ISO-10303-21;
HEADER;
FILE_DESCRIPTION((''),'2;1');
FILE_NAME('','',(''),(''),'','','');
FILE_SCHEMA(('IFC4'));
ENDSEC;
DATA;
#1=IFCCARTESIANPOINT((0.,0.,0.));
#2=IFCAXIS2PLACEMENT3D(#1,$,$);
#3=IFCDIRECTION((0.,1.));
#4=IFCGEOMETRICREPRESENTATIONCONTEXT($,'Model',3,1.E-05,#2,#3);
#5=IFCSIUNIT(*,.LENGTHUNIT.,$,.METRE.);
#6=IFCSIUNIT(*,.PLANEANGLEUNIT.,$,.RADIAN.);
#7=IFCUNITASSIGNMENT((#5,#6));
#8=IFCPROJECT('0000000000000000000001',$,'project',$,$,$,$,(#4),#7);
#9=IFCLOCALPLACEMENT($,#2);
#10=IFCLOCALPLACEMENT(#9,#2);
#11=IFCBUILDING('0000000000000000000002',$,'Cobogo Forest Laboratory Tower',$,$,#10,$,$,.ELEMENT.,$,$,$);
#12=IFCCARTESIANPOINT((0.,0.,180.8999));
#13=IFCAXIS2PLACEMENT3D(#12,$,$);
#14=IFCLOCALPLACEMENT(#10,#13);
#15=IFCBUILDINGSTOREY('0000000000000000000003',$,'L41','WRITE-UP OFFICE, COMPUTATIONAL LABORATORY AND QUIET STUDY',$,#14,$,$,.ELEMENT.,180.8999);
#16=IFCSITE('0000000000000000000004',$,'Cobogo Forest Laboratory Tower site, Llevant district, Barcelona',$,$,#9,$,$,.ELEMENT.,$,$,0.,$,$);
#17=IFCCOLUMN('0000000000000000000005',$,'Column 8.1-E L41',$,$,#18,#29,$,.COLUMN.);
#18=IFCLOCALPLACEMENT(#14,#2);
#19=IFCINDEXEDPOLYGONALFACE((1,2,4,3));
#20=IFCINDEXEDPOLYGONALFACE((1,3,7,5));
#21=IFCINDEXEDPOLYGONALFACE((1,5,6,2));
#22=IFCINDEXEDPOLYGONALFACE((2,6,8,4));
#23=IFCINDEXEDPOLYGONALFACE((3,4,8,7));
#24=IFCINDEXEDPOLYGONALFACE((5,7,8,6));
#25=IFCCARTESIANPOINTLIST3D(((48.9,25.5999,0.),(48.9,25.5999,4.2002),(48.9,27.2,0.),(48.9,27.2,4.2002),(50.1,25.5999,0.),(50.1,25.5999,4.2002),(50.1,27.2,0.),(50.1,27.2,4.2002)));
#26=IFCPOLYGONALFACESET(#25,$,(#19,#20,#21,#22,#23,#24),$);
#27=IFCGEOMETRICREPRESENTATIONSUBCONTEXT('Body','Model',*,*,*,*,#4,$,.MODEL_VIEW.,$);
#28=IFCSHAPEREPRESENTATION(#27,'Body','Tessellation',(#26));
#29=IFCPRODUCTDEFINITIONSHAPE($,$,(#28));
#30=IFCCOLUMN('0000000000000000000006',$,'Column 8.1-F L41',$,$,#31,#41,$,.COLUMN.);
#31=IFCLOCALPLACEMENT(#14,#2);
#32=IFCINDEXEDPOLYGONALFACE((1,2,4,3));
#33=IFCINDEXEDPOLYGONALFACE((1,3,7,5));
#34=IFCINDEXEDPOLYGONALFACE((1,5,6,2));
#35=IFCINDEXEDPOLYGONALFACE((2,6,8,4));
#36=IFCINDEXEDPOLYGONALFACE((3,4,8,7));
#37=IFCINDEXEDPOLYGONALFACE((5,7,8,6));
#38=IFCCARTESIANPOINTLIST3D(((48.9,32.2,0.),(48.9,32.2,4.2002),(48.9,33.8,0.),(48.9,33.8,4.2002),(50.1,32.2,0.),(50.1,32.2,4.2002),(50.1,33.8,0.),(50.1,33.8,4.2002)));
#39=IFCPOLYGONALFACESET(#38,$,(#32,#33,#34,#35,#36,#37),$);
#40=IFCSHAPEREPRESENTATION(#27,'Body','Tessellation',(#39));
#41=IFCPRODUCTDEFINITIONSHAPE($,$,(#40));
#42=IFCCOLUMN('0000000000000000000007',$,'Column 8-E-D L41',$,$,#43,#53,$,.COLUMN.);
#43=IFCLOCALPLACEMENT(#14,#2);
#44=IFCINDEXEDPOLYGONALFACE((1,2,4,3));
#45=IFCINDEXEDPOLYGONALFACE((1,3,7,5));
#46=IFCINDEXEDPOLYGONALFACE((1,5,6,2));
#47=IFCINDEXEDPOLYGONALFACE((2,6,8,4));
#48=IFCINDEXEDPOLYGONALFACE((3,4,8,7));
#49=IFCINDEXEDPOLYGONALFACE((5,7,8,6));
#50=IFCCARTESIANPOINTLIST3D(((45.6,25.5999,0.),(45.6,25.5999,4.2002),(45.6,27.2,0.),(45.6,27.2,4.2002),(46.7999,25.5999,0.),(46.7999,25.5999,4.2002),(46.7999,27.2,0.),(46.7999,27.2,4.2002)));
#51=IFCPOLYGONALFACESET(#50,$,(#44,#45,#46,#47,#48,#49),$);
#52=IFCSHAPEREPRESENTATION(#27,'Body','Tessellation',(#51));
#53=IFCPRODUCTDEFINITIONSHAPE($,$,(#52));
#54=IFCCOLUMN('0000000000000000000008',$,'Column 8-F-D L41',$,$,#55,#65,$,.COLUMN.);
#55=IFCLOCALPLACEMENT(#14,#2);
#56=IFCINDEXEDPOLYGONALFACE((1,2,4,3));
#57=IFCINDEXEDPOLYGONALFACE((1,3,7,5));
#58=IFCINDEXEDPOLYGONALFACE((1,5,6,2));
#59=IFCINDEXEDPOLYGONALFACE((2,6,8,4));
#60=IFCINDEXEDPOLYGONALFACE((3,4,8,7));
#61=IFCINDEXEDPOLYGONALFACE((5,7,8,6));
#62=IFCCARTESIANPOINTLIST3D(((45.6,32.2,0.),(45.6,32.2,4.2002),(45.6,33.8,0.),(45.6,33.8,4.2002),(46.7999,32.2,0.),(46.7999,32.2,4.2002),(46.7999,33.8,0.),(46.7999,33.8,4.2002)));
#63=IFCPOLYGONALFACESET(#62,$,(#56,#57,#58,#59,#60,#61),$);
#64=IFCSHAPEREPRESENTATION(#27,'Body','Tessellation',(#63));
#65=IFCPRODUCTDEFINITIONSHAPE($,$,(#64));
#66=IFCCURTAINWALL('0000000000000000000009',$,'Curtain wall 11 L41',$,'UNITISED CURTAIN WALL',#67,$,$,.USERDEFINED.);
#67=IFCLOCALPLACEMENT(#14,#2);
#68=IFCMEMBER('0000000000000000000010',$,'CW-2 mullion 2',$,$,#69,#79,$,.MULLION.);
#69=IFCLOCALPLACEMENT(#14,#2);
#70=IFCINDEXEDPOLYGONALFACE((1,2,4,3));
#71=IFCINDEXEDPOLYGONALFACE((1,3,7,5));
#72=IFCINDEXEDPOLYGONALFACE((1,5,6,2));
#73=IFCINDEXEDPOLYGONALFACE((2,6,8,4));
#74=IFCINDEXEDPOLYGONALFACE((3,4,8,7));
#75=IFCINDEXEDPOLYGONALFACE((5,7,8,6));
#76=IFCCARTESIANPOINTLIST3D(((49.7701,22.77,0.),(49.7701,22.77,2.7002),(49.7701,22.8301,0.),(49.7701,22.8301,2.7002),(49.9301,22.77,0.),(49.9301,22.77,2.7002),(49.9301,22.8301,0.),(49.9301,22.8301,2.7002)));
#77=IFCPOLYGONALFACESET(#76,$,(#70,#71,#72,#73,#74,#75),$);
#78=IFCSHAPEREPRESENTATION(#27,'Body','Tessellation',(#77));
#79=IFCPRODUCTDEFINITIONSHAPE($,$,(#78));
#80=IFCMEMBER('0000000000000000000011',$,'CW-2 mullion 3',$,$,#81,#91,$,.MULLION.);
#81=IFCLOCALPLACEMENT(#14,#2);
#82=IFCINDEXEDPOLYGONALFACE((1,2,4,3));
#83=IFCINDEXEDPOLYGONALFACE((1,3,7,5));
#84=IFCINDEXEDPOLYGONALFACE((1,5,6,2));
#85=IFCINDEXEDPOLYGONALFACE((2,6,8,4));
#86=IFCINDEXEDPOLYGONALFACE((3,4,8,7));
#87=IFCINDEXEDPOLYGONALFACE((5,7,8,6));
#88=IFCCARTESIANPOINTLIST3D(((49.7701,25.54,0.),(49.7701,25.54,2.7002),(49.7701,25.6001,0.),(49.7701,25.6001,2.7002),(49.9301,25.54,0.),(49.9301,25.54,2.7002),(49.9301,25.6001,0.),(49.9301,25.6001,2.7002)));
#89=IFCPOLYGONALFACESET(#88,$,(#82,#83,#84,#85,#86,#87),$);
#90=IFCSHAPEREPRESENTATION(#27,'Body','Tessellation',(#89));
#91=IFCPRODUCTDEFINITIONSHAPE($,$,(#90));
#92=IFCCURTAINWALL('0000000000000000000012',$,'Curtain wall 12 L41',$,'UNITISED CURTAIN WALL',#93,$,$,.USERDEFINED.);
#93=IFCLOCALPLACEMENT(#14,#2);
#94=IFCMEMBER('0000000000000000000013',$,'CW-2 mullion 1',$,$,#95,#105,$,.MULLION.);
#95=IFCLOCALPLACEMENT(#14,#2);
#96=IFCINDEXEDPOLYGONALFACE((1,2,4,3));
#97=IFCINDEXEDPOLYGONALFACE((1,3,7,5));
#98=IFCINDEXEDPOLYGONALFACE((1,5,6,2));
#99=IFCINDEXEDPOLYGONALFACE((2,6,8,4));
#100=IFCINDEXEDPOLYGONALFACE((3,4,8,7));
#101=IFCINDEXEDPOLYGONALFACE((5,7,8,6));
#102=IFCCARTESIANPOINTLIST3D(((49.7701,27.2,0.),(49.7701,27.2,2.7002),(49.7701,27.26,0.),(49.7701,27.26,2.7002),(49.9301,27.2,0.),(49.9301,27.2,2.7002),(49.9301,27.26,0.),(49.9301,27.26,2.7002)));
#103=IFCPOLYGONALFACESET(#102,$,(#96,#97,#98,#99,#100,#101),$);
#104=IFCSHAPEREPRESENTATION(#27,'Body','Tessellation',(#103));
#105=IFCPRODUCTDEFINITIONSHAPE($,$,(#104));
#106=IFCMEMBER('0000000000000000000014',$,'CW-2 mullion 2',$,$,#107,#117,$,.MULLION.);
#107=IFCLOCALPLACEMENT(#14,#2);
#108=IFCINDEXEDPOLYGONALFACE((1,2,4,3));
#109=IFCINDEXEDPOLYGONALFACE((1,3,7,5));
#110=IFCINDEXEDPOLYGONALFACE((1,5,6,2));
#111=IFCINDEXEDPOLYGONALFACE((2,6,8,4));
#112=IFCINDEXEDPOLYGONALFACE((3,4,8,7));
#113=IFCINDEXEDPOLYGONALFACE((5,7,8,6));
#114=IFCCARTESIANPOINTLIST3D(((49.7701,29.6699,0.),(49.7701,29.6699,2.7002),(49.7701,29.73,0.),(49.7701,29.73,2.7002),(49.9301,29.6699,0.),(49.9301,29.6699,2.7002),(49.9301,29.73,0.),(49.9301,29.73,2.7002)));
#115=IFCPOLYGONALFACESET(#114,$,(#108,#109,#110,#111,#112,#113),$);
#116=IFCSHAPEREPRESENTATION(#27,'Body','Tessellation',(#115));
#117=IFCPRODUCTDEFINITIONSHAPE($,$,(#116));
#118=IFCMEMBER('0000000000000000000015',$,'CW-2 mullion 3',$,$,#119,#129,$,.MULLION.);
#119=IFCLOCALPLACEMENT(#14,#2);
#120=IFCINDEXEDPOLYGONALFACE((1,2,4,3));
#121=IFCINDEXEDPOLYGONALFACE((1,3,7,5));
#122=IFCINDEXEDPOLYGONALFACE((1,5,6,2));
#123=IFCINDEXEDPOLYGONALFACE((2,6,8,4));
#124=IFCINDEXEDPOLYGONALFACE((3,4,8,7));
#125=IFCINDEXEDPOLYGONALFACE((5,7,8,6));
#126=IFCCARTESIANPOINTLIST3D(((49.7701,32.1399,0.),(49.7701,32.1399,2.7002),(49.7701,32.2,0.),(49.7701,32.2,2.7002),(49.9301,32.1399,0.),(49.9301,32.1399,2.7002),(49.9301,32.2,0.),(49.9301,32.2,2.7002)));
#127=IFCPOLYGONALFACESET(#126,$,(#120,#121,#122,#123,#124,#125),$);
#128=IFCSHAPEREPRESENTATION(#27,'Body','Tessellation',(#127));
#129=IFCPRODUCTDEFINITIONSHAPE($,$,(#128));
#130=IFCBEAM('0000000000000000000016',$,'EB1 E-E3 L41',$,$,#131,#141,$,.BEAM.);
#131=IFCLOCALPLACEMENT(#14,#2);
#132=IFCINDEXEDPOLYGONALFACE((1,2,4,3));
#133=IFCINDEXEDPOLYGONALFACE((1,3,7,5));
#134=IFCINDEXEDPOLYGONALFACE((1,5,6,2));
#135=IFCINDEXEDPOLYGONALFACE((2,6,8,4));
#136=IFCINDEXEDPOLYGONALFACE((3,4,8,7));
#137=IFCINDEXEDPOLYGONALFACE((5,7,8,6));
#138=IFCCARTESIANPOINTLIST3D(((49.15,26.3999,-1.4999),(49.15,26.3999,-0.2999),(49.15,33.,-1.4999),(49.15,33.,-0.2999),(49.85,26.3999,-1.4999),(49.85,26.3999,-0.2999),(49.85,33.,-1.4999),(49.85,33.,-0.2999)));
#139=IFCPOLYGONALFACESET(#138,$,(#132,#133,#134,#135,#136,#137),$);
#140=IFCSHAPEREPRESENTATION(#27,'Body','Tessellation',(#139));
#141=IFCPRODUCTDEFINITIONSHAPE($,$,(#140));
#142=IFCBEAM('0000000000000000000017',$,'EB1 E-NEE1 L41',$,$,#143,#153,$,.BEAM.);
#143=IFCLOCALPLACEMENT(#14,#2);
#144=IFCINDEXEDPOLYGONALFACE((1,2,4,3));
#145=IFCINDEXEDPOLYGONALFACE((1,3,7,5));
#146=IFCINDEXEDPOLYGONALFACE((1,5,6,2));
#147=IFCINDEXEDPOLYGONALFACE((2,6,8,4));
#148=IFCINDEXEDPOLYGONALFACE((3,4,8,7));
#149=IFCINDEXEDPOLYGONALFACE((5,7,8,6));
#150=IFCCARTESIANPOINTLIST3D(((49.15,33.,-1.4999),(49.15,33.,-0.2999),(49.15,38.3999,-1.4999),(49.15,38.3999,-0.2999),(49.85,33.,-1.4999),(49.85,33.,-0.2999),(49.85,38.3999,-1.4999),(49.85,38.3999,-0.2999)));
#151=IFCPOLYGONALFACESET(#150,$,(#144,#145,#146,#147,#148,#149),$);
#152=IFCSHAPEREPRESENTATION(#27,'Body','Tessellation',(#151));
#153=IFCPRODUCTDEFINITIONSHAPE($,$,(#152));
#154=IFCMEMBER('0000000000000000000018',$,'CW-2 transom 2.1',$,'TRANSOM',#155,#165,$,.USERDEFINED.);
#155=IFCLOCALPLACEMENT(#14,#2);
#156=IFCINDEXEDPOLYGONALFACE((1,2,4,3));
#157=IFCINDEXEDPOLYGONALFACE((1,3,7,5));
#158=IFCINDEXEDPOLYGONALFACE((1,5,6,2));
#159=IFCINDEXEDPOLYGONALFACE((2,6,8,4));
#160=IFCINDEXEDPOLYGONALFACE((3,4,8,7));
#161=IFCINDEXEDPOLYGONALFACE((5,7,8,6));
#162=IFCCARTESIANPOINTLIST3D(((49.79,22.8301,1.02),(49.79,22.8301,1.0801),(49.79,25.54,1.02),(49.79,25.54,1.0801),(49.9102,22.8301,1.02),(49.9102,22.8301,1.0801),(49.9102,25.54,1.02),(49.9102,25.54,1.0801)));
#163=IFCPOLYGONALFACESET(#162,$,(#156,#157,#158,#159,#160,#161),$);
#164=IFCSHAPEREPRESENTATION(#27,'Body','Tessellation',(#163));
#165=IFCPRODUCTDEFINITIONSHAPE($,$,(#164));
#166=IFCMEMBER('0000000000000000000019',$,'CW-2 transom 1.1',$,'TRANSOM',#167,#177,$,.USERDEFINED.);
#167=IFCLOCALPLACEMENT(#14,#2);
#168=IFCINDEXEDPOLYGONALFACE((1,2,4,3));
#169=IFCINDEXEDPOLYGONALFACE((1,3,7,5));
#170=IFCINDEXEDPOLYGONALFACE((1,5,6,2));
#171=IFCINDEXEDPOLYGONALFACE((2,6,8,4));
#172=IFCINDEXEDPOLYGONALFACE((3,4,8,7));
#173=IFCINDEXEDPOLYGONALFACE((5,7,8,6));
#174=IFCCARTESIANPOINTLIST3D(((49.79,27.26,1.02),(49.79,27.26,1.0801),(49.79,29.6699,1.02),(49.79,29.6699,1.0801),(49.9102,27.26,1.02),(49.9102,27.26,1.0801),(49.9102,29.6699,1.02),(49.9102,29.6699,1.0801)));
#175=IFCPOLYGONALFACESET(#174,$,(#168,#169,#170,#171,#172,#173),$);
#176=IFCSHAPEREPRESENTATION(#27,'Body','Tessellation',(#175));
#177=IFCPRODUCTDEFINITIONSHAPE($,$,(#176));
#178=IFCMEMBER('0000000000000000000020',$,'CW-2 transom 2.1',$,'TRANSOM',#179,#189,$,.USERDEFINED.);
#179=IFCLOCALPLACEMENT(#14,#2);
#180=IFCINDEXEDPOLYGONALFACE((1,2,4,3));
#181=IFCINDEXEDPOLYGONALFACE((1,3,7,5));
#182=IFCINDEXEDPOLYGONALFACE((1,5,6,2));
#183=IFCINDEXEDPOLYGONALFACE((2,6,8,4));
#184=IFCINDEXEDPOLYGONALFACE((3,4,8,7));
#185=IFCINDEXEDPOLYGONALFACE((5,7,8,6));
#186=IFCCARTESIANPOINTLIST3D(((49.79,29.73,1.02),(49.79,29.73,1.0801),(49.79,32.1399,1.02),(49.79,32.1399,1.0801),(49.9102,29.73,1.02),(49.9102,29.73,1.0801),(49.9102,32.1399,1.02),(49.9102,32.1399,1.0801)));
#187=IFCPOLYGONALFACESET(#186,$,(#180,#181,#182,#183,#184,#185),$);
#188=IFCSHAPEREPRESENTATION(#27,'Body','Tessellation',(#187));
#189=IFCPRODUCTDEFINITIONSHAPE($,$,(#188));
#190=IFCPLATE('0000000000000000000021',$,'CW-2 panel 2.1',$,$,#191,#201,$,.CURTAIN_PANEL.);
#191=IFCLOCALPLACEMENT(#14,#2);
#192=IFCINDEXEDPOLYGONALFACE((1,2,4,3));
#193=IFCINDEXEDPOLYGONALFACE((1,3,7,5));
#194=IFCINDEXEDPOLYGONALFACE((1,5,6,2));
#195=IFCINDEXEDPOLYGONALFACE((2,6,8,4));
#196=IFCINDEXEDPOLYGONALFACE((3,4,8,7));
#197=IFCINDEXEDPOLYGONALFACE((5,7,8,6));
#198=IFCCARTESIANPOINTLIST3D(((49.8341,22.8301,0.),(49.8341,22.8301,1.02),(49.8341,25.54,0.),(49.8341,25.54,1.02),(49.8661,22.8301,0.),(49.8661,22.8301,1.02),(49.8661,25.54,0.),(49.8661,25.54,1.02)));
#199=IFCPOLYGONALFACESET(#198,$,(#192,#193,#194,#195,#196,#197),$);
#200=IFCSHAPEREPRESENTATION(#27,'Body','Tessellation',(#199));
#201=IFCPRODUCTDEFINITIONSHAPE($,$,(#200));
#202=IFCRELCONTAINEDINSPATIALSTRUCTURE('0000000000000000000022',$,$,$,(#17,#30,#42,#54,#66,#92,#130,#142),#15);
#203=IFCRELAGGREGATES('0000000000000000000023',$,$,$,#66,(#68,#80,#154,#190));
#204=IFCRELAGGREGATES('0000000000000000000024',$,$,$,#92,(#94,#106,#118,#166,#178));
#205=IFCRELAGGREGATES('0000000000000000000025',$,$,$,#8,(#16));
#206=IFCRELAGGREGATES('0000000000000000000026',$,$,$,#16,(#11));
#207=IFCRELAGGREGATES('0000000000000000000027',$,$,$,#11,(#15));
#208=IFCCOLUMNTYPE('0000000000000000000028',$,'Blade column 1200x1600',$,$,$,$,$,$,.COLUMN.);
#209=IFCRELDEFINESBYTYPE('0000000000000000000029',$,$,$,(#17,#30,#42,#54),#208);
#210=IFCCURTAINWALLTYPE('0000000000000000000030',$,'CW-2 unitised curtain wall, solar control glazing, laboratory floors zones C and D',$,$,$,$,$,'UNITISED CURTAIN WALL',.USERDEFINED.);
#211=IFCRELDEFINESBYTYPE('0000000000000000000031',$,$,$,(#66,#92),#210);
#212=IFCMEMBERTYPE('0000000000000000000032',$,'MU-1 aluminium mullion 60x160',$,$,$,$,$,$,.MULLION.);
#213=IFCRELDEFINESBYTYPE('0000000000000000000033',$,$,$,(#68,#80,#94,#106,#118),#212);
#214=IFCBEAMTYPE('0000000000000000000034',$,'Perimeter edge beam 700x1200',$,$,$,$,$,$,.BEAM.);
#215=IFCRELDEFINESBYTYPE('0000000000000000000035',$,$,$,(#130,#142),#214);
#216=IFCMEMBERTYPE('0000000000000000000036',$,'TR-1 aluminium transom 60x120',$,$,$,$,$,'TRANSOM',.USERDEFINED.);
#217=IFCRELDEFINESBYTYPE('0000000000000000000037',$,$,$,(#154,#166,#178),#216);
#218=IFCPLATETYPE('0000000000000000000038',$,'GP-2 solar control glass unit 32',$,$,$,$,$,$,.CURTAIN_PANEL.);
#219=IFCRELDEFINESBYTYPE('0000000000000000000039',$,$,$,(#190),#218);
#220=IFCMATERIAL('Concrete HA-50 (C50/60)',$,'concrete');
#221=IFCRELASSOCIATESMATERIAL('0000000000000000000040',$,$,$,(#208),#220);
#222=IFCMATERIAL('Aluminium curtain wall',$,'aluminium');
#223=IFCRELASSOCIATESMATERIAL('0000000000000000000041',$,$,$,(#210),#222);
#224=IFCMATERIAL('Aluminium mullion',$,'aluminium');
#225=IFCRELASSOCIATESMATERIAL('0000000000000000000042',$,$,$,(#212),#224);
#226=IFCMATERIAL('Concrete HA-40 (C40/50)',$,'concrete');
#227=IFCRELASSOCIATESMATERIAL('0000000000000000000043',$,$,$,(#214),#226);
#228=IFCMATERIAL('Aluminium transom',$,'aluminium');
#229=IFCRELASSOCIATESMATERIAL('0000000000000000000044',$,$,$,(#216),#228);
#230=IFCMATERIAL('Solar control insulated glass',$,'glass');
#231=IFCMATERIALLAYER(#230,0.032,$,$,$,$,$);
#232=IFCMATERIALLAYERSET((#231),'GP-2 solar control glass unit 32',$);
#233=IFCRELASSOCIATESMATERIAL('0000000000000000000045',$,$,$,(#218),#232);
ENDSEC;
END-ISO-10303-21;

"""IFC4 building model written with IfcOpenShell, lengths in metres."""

from ifc_helpers import new_model, si_unit, direction, frame, origin, origin_2d, place, context, subcontext, project, spatial, rectangle, extrude, material, layer, layer_set, material_profile, profile_set, type_object, element, aggregate, save


model = new_model("IFC4")

# Units and contexts
model_context = context("Model", 3, precision=1e-05, world=origin(), true_north=direction((0.0, 1.0)))
body_context = subcontext(model_context, "Body", "Model", "MODEL_VIEW")
ifc_project = project(units=[si_unit("LENGTHUNIT", "METRE"), si_unit("PLANEANGLEUNIT", "RADIAN")], contexts=[model_context])

# Site, building, storey
site_placement = place(None, origin())
site = spatial("IfcSite", under=ifc_project, at=site_placement, Name="Cobogo Forest Laboratory Tower site, Llevant district, Barcelona", CompositionType="ELEMENT", RefElevation=0.0)
building_placement = place(site_placement, origin())
building = spatial("IfcBuilding", under=site, at=building_placement, Name="Cobogo Forest Laboratory Tower", CompositionType="ELEMENT")
storey_placement = place(building_placement, frame((0.0, 0.0, 180.8999)))
storey = spatial("IfcBuildingStorey", under=building, at=storey_placement, Name="L41", Description="WRITE-UP OFFICE, COMPUTATIONAL LABORATORY AND QUIET STUDY", CompositionType="ELEMENT", Elevation=180.8999)

# Columns
ifc_material_1 = material(Name="Concrete HA-50 (C50/60)", Category="concrete")
ifc_material_profile_1 = material_profile(ifc_material_1, rectangle(XDim=1.6001, YDim=1.2, at=origin_2d()), Name="RC 1200x1600")
ifc_profile_set_1 = profile_set([ifc_material_profile_1], Name="Concrete HA-50 (C50/60)")
column_type = type_object("IfcColumnType", Name="Blade column 1200x1600", PredefinedType="COLUMN", material=ifc_profile_set_1)
for number, where, z_axis, x_axis, name in (
    (1, (49.5, 26.3999, 0.0), (0.0, 0.0, 1.0), (0.0, 1.0, 0.0), "Column 8.1-E L41"),
    (2, (49.5, 33.0, 0.0), (0.0, 0.0, 1.0), (0.0, 1.0, 0.0), "Column 8.1-F L41"),
    (3, (46.2, 26.3999, 0.0), (0.0, 0.0, 1.0), (0.0, 1.0, 0.0), "Column 8-E-D L41"),
    (4, (46.2, 33.0, 0.0), (0.0, 0.0, 1.0), (0.0, 1.0, 0.0), "Column 8-F-D L41"),
):
    element("IfcColumn", number, at=place(storey_placement, frame(where, z_axis=z_axis, x_axis=x_axis)), inside=storey, type_object=column_type, Name=name, PredefinedType="COLUMN", context=body_context, shape_type="SweptSolid", body=[
        extrude(rectangle(XDim=1.6001, YDim=1.2, at=origin_2d()), origin(), (0.0, 0.0, 1.0), 4.2002),
    ])

# Curtain walls, members
ifc_material_2 = material(Name="Aluminium curtain wall", Category="aluminium")
curtain_wall_type = type_object("IfcCurtainWallType", Name="CW-2 unitised curtain wall, solar control glazing, laboratory floors zones C and D", ElementType="UNITISED CURTAIN WALL", PredefinedType="USERDEFINED", material=ifc_material_2)
curtain_wall_1_placement = place(storey_placement, origin())
curtain_wall_1 = element("IfcCurtainWall", 5, at=curtain_wall_1_placement, inside=storey, type_object=curtain_wall_type, Name="Curtain wall 11 L41", ObjectType="UNITISED CURTAIN WALL", PredefinedType="USERDEFINED")
ifc_material_3 = material(Name="Aluminium mullion", Category="aluminium")
ifc_material_profile_2 = material_profile(ifc_material_3, rectangle(XDim=0.0601, YDim=0.1599, at=origin_2d()), Name="AL 60x160")
ifc_profile_set_2 = profile_set([ifc_material_profile_2], Name="Aluminium mullion")
member_type_1 = type_object("IfcMemberType", Name="MU-1 aluminium mullion 60x160", PredefinedType="MULLION", material=ifc_profile_set_2)
member_1_placement = place(storey_placement, frame((49.8501, 22.8, 0.0), z_axis=(0.0, 0.0, 1.0), x_axis=(0.0, 1.0, 0.0)))
member_1 = element("IfcMember", 6, at=member_1_placement, type_object=member_type_1, Name="CW-2 mullion 2", PredefinedType="MULLION", context=body_context, shape_type="SweptSolid", body=[
    extrude(rectangle(XDim=0.0601, YDim=0.1599, at=origin_2d()), origin(), (0.0, 0.0, 1.0), 2.7002),
])
member_2_placement = place(storey_placement, frame((49.8501, 25.5701, 0.0), z_axis=(0.0, 0.0, 1.0), x_axis=(0.0, 1.0, 0.0)))
member_2 = element("IfcMember", 7, at=member_2_placement, type_object=member_type_1, Name="CW-2 mullion 3", PredefinedType="MULLION", context=body_context, shape_type="SweptSolid", body=[
    extrude(rectangle(XDim=0.0601, YDim=0.1599, at=origin_2d()), origin(), (0.0, 0.0, 1.0), 2.7002),
])
curtain_wall_2_placement = place(storey_placement, origin())
curtain_wall_2 = element("IfcCurtainWall", 8, at=curtain_wall_2_placement, inside=storey, type_object=curtain_wall_type, Name="Curtain wall 12 L41", ObjectType="UNITISED CURTAIN WALL", PredefinedType="USERDEFINED")
member_3_placement = place(storey_placement, frame((49.8501, 27.23, 0.0), z_axis=(0.0, 0.0, 1.0), x_axis=(0.0, 1.0, 0.0)))
member_3 = element("IfcMember", 9, at=member_3_placement, type_object=member_type_1, Name="CW-2 mullion 1", PredefinedType="MULLION", context=body_context, shape_type="SweptSolid", body=[
    extrude(rectangle(XDim=0.0601, YDim=0.1599, at=origin_2d()), origin(), (0.0, 0.0, 1.0), 2.7002),
])
member_4_placement = place(storey_placement, frame((49.8501, 29.7, 0.0), z_axis=(0.0, 0.0, 1.0), x_axis=(0.0, 1.0, 0.0)))
member_4 = element("IfcMember", 10, at=member_4_placement, type_object=member_type_1, Name="CW-2 mullion 2", PredefinedType="MULLION", context=body_context, shape_type="SweptSolid", body=[
    extrude(rectangle(XDim=0.0601, YDim=0.1599, at=origin_2d()), origin(), (0.0, 0.0, 1.0), 2.7002),
])
member_5_placement = place(storey_placement, frame((49.8501, 32.1699, 0.0), z_axis=(0.0, 0.0, 1.0), x_axis=(0.0, 1.0, 0.0)))
member_5 = element("IfcMember", 11, at=member_5_placement, type_object=member_type_1, Name="CW-2 mullion 3", PredefinedType="MULLION", context=body_context, shape_type="SweptSolid", body=[
    extrude(rectangle(XDim=0.0601, YDim=0.1599, at=origin_2d()), origin(), (0.0, 0.0, 1.0), 2.7002),
])

# Beams
ifc_material_4 = material(Name="Concrete HA-40 (C40/50)", Category="concrete")
ifc_material_profile_3 = material_profile(ifc_material_4, rectangle(XDim=0.7, YDim=1.2, at=origin_2d()), Name="RC 700x1200")
ifc_profile_set_3 = profile_set([ifc_material_profile_3], Name="Concrete HA-40 (C40/50)")
beam_type = type_object("IfcBeamType", Name="Perimeter edge beam 700x1200", PredefinedType="BEAM", material=ifc_profile_set_3)
beam_1_placement = place(storey_placement, frame((49.5, 26.3999, -0.8999), z_axis=(0.0, 1.0, 0.0), x_axis=(-1.0, 0.0, 0.0)))
element("IfcBeam", 12, at=beam_1_placement, inside=storey, type_object=beam_type, Name="EB1 E-E3 L41", PredefinedType="BEAM", context=body_context, shape_type="SweptSolid", body=[
    extrude(rectangle(XDim=0.7, YDim=1.2, at=origin_2d()), origin(), (0.0, 0.0, 1.0), 6.6001),
])
beam_2_placement = place(storey_placement, frame((49.5, 33.0, -0.8999), z_axis=(0.0, 1.0, 0.0), x_axis=(-1.0, 0.0, 0.0)))
element("IfcBeam", 13, at=beam_2_placement, inside=storey, type_object=beam_type, Name="EB1 E-NEE1 L41", PredefinedType="BEAM", context=body_context, shape_type="SweptSolid", body=[
    extrude(rectangle(XDim=0.7, YDim=1.2, at=origin_2d()), origin(), (0.0, 0.0, 1.0), 5.3999),
])

# Members
ifc_material_5 = material(Name="Aluminium transom", Category="aluminium")
ifc_material_profile_4 = material_profile(ifc_material_5, rectangle(XDim=0.1201, YDim=0.0601, at=origin_2d()), Name="AL 60x120")
ifc_profile_set_4 = profile_set([ifc_material_profile_4], Name="Aluminium transom")
member_type_2 = type_object("IfcMemberType", Name="TR-1 aluminium transom 60x120", ElementType="TRANSOM", PredefinedType="USERDEFINED", material=ifc_profile_set_4)
member_6_placement = place(storey_placement, frame((49.8501, 22.8301, 1.05), z_axis=(0.0, 1.0, 0.0), x_axis=(-1.0, 0.0, 0.0)))
member_6 = element("IfcMember", 14, at=member_6_placement, type_object=member_type_2, Name="CW-2 transom 2.1", ObjectType="TRANSOM", PredefinedType="USERDEFINED", context=body_context, shape_type="SweptSolid", body=[
    extrude(rectangle(XDim=0.1201, YDim=0.0601, at=origin_2d()), origin(), (0.0, 0.0, 1.0), 2.71),
])
member_7_placement = place(storey_placement, frame((49.8501, 27.26, 1.05), z_axis=(0.0, 1.0, 0.0), x_axis=(-1.0, 0.0, 0.0)))
member_7 = element("IfcMember", 15, at=member_7_placement, type_object=member_type_2, Name="CW-2 transom 1.1", ObjectType="TRANSOM", PredefinedType="USERDEFINED", context=body_context, shape_type="SweptSolid", body=[
    extrude(rectangle(XDim=0.1201, YDim=0.0601, at=origin_2d()), origin(), (0.0, 0.0, 1.0), 2.4099),
])
member_8_placement = place(storey_placement, frame((49.8501, 29.73, 1.05), z_axis=(0.0, 1.0, 0.0), x_axis=(-1.0, 0.0, 0.0)))
member_8 = element("IfcMember", 16, at=member_8_placement, type_object=member_type_2, Name="CW-2 transom 2.1", ObjectType="TRANSOM", PredefinedType="USERDEFINED", context=body_context, shape_type="SweptSolid", body=[
    extrude(rectangle(XDim=0.1201, YDim=0.0601, at=origin_2d()), origin(), (0.0, 0.0, 1.0), 2.4099),
])

# Plate
ifc_material_6 = material(Name="Solar control insulated glass", Category="glass")
ifc_layer_1 = layer(ifc_material_6, 0.032)
ifc_layer_set_1 = layer_set([ifc_layer_1], Name="GP-2 solar control glass unit 32")
plate_type_1 = type_object("IfcPlateType", Name="GP-2 solar control glass unit 32", PredefinedType="CURTAIN_PANEL", material=ifc_layer_set_1)
plate_1_placement = place(storey_placement, frame((49.8501, 24.1851, 0.0), z_axis=(0.0, 0.0, 1.0), x_axis=(0.0, 1.0, 0.0)))
plate_1 = element("IfcPlate", 17, at=plate_1_placement, type_object=plate_type_1, Name="CW-2 panel 2.1", PredefinedType="CURTAIN_PANEL", context=body_context, shape_type="SweptSolid", body=[
    extrude(rectangle(XDim=2.71, YDim=0.032, at=origin_2d()), origin(), (0.0, 0.0, 1.0), 1.02),
])
aggregate(curtain_wall_1, [member_1, member_2, member_6, plate_1])
aggregate(curtain_wall_2, [member_3, member_4, member_5, member_7, member_8])

save(model, "model.ifc")
